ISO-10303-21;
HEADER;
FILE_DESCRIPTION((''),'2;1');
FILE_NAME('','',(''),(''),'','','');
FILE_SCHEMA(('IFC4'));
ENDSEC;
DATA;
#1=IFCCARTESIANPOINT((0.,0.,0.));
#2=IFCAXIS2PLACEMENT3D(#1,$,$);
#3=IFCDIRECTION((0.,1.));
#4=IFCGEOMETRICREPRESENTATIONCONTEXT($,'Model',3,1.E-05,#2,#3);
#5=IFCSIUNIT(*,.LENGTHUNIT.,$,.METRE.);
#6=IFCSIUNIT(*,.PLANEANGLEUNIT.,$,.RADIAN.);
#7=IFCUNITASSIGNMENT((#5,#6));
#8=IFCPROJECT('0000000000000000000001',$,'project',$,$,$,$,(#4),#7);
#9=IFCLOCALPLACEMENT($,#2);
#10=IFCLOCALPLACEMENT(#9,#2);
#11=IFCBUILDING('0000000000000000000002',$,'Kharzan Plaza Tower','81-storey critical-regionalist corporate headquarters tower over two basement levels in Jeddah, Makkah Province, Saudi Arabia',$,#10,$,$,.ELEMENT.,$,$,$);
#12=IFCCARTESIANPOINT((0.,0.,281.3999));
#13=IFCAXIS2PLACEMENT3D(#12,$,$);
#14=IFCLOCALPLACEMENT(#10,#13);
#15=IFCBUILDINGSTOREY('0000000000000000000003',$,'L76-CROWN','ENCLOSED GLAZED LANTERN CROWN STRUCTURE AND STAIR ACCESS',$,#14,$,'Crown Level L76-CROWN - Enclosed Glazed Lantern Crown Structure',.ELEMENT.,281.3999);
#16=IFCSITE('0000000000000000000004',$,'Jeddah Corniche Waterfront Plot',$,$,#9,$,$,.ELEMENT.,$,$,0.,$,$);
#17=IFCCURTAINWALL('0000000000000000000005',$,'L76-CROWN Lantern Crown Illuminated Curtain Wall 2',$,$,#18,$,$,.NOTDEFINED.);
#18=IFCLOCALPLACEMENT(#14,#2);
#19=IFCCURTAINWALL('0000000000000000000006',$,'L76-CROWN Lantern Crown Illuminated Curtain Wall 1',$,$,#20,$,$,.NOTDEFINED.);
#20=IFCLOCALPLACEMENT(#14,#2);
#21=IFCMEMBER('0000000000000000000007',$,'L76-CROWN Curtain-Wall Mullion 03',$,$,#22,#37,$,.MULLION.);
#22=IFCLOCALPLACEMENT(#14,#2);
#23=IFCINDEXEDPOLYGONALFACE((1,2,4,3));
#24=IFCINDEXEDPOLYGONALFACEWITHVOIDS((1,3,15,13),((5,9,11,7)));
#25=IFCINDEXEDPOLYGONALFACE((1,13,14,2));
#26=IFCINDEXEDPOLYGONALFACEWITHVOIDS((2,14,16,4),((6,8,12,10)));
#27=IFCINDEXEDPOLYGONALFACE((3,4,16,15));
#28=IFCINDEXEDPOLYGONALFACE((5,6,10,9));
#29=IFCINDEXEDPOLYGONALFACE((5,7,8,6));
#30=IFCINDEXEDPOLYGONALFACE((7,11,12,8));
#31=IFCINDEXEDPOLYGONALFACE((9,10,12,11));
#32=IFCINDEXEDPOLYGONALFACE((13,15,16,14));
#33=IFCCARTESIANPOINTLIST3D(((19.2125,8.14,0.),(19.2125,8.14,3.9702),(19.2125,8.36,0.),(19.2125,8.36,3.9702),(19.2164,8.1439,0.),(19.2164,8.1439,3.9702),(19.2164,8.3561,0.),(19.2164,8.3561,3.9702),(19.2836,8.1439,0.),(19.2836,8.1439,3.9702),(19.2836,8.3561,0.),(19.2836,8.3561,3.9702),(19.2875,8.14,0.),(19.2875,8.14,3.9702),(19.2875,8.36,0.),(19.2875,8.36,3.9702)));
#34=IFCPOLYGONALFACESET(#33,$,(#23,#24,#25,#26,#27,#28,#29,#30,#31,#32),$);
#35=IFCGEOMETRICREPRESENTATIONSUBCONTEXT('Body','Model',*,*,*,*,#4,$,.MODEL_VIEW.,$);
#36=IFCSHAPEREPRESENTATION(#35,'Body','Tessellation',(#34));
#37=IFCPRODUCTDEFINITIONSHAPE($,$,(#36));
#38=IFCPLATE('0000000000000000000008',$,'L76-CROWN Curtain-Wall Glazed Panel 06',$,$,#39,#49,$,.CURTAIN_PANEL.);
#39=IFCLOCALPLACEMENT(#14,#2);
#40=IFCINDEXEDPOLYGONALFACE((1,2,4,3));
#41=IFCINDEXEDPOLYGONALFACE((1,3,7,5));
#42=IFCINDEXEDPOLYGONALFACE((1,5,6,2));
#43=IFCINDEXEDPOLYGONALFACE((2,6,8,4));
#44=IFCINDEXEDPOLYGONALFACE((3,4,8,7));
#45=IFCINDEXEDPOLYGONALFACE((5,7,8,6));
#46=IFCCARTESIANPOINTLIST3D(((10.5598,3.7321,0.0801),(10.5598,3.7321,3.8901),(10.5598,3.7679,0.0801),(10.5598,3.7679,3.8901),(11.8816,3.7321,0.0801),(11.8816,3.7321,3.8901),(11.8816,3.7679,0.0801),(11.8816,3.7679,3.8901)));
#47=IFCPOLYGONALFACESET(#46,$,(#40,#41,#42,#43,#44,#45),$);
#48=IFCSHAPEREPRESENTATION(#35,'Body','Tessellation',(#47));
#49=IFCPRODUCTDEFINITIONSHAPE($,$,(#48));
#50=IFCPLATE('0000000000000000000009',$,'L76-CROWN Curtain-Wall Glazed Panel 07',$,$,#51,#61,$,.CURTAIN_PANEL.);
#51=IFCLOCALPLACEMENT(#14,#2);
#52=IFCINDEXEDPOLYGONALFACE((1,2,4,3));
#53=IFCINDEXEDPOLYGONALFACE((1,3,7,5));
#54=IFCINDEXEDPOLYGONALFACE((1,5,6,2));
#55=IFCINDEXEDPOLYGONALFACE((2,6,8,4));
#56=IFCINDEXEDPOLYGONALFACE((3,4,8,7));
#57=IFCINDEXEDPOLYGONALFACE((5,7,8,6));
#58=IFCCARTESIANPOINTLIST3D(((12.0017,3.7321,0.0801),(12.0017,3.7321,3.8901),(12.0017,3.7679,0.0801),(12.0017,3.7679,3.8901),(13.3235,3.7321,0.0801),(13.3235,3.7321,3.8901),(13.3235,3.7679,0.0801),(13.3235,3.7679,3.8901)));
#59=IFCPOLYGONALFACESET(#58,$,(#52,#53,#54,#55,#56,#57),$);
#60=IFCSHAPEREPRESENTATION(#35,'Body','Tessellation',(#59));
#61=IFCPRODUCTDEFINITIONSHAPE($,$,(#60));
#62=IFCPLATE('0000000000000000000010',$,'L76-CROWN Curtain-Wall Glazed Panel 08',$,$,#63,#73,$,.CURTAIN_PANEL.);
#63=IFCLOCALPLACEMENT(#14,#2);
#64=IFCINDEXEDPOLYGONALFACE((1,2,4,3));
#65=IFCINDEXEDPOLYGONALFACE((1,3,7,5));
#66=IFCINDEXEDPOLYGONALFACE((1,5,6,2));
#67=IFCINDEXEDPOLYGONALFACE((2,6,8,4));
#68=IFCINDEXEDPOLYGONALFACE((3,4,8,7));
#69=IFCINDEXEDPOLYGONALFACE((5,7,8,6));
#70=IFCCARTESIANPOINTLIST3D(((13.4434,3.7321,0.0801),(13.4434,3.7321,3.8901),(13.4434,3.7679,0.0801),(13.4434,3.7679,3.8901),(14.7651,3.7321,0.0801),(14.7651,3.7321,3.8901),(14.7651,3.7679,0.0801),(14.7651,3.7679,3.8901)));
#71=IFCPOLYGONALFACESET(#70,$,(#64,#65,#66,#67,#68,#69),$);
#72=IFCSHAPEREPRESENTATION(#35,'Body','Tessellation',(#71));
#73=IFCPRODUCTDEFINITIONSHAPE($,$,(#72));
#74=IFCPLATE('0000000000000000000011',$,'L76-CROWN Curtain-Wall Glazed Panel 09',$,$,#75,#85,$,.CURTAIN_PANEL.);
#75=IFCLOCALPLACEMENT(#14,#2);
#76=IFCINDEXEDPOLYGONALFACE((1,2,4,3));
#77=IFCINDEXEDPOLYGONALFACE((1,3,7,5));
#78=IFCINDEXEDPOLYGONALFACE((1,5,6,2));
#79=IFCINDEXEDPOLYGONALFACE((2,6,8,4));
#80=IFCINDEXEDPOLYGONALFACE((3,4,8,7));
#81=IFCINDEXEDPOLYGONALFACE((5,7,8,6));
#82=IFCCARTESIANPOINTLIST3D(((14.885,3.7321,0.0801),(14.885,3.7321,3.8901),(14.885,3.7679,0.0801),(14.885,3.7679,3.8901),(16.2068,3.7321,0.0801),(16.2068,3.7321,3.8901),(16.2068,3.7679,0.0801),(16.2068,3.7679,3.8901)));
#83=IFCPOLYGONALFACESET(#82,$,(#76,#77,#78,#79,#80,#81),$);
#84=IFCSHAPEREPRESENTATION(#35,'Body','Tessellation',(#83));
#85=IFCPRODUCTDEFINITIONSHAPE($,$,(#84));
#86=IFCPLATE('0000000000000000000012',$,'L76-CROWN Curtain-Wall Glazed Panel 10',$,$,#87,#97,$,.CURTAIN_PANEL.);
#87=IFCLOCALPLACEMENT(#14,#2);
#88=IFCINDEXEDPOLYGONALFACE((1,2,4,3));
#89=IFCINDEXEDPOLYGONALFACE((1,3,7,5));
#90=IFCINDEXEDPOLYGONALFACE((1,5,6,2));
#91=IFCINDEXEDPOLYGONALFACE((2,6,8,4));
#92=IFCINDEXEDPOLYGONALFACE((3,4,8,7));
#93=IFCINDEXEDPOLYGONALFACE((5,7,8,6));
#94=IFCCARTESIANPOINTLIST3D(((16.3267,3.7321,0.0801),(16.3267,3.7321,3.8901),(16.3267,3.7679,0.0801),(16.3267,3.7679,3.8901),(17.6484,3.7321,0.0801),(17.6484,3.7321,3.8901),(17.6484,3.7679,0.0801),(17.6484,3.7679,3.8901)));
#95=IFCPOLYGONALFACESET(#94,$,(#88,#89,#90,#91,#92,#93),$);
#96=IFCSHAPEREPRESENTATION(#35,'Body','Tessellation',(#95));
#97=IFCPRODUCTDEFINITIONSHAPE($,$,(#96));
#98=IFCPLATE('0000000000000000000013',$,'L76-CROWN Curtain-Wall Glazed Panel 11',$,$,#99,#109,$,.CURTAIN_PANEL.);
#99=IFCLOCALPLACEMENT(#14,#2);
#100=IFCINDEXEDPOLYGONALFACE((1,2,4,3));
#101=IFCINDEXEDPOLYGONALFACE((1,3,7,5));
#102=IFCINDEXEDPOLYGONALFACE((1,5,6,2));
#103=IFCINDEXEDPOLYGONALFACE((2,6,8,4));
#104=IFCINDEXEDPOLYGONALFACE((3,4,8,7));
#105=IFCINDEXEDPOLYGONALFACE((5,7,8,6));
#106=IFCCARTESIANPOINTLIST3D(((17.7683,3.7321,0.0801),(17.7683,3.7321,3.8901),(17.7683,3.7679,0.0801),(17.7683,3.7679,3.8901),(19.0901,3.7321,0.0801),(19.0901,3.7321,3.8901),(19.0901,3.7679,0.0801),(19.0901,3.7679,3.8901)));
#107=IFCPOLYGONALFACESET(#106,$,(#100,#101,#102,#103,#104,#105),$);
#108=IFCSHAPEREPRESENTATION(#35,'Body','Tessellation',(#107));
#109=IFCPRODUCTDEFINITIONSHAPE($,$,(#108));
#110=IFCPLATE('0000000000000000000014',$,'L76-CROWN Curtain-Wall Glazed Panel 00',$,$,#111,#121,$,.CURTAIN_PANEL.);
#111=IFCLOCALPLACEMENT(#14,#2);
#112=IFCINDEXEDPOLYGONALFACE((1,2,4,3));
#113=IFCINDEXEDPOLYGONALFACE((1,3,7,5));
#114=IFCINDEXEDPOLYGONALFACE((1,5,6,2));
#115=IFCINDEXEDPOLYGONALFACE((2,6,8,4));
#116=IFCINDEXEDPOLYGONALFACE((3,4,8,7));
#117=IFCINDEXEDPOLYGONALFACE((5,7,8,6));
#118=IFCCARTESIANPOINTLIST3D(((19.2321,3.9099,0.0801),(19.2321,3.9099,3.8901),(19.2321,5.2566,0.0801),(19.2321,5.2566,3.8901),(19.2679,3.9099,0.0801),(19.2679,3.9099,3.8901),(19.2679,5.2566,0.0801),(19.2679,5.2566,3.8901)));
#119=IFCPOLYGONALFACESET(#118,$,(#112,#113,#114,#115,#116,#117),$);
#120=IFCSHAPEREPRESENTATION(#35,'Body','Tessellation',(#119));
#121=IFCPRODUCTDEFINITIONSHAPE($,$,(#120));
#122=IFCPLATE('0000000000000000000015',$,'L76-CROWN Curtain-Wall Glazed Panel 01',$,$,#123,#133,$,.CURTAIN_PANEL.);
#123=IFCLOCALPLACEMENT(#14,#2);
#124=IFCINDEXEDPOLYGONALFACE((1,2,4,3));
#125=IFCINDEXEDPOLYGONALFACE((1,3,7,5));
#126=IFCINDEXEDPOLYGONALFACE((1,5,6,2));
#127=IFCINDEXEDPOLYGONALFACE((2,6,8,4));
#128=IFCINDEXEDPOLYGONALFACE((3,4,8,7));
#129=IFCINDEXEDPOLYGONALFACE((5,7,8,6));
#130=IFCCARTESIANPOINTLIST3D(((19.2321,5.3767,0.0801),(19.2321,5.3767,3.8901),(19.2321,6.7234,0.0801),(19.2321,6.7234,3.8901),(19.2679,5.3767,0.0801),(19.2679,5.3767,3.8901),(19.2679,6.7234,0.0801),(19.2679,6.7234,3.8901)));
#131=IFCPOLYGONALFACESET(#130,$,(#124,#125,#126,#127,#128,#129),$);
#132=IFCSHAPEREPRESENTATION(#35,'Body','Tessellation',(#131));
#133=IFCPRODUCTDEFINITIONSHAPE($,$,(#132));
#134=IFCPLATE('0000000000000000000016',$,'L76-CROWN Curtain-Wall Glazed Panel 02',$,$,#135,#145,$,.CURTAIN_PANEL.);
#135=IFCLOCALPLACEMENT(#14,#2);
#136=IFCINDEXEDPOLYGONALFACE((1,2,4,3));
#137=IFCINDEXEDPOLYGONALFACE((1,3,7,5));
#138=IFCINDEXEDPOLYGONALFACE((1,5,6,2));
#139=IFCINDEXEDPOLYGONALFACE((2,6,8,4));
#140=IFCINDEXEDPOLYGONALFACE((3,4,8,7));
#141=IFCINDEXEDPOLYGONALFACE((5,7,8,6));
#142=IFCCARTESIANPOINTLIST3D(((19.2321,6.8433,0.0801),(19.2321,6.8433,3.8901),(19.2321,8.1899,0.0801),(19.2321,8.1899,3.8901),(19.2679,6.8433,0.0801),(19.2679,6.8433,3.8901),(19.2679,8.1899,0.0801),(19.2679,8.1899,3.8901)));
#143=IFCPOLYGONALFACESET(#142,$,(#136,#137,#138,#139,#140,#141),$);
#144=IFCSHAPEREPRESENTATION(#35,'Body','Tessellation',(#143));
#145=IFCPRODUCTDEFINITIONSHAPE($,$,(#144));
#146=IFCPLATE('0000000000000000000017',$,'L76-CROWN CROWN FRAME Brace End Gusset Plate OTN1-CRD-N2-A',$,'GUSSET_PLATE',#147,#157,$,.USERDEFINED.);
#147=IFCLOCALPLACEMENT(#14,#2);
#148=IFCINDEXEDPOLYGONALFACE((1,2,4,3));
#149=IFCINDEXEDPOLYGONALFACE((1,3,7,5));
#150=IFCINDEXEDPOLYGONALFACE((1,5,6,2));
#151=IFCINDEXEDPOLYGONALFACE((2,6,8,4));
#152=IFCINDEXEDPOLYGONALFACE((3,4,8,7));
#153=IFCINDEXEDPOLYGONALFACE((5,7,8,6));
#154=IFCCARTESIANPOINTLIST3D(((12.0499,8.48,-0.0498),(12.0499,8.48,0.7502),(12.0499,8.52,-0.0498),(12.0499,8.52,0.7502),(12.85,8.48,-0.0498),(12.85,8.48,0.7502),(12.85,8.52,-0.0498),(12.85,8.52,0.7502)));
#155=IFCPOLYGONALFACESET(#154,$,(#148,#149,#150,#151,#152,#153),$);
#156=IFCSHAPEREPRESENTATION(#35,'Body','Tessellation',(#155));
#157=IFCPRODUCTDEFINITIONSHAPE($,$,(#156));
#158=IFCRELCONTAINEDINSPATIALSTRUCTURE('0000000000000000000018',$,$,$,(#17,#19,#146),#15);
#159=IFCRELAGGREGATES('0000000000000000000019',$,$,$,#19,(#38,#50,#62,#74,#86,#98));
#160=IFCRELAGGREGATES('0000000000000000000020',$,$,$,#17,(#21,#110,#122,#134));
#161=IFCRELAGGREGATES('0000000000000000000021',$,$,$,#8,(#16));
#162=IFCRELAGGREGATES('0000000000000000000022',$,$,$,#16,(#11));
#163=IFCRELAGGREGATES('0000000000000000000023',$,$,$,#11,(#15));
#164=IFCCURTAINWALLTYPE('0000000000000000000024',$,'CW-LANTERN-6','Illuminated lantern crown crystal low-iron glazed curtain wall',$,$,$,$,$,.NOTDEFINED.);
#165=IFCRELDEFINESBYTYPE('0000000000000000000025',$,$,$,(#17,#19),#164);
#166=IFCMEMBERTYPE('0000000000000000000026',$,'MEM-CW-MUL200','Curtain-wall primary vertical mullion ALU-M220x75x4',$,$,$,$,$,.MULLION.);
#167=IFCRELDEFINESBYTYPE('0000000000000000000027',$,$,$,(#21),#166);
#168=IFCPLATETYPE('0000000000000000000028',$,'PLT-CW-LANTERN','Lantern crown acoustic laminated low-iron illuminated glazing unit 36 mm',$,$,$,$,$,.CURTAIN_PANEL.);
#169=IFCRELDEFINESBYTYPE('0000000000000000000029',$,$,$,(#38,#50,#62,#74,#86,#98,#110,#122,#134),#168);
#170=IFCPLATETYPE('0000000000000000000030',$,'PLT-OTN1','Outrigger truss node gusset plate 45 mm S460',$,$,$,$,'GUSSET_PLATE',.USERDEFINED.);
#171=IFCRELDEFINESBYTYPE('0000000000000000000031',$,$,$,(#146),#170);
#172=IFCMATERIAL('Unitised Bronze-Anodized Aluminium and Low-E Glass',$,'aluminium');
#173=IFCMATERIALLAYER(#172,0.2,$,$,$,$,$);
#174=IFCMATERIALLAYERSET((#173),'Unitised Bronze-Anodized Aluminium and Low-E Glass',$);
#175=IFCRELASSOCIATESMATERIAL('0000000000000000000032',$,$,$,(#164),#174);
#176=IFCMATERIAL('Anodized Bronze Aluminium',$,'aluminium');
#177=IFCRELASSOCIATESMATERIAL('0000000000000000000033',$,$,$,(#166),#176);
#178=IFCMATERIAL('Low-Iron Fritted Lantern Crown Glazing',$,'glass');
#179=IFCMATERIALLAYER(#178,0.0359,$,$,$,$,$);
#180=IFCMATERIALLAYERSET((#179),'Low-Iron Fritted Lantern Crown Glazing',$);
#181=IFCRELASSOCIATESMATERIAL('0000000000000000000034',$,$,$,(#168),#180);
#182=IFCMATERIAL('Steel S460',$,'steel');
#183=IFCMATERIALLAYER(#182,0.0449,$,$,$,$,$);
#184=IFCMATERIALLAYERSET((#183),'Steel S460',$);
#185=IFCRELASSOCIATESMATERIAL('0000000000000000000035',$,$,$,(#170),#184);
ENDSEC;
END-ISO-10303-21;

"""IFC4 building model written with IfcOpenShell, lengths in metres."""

from ifc_helpers import new_model, si_unit, direction, frame, origin, origin_2d, place, context, subcontext, project, spatial, rectangle, hollow_rectangle, extrude, source, transform, mapped, material, layer, layer_set, material_profile, profile_set, type_object, element, aggregate, save


model = new_model("IFC4")

# Units and contexts
model_context = context("Model", 3, precision=1e-05, world=origin(), true_north=direction((0.0, 1.0)))
body_context = subcontext(model_context, "Body", "Model", "MODEL_VIEW")
ifc_project = project(units=[si_unit("LENGTHUNIT", "METRE"), si_unit("PLANEANGLEUNIT", "RADIAN")], contexts=[model_context])

# Site, building, storey
site_placement = place(None, origin())
site = spatial("IfcSite", under=ifc_project, at=site_placement, Name="Jeddah Corniche Waterfront Plot", CompositionType="ELEMENT", RefElevation=0.0)
building_placement = place(site_placement, origin())
building = spatial("IfcBuilding", under=site, at=building_placement, Name="Kharzan Plaza Tower", Description="81-storey critical-regionalist corporate headquarters tower over two basement levels in Jeddah, Makkah Province, Saudi Arabia", CompositionType="ELEMENT")
storey_placement = place(building_placement, frame((0.0, 0.0, 281.3999)))
storey = spatial("IfcBuildingStorey", under=building, at=storey_placement, Name="L76-CROWN", Description="ENCLOSED GLAZED LANTERN CROWN STRUCTURE AND STAIR ACCESS", LongName="Crown Level L76-CROWN - Enclosed Glazed Lantern Crown Structure", CompositionType="ELEMENT", Elevation=281.3999)

# Curtain walls
ifc_material_1 = material(Name="Unitised Bronze-Anodized Aluminium and Low-E Glass", Category="aluminium")
ifc_layer_1 = layer(ifc_material_1, 0.2)
ifc_layer_set_1 = layer_set([ifc_layer_1], Name="Unitised Bronze-Anodized Aluminium and Low-E Glass")
curtain_wall_type = type_object("IfcCurtainWallType", Name="CW-LANTERN-6", Description="Illuminated lantern crown crystal low-iron glazed curtain wall", PredefinedType="NOTDEFINED", material=ifc_layer_set_1)
curtain_wall_1_placement = place(storey_placement, origin())
curtain_wall_1 = element("IfcCurtainWall", 1, at=curtain_wall_1_placement, inside=storey, type_object=curtain_wall_type, Name="L76-CROWN Lantern Crown Illuminated Curtain Wall 2", PredefinedType="NOTDEFINED")
ifc_material_2 = material(Name="Anodized Bronze Aluminium", Category="aluminium")
curtain_wall_2_placement = place(storey_placement, origin())
curtain_wall_2 = element("IfcCurtainWall", 2, at=curtain_wall_2_placement, inside=storey, type_object=curtain_wall_type, Name="L76-CROWN Lantern Crown Illuminated Curtain Wall 1", PredefinedType="NOTDEFINED")
ifc_material_profile_1 = material_profile(ifc_material_2, hollow_rectangle(XDim=0.075, YDim=0.22, WallThickness=0.0039, at=origin_2d()), Name="ALU-M220x75x4")
ifc_profile_set_1 = profile_set([ifc_material_profile_1], Name="Anodized Bronze Aluminium")
member_type_1 = type_object("IfcMemberType", Name="MEM-CW-MUL200", Description="Curtain-wall primary vertical mullion ALU-M220x75x4", PredefinedType="MULLION", material=ifc_profile_set_1)
shared_shape_1 = source(origin(), body_context, "Body", "SweptSolid", [
    extrude(hollow_rectangle(XDim=0.075, YDim=0.22, WallThickness=0.0039, at=origin_2d()), origin(), (0.0, 0.0, 1.0), 3.9702),
])

# Member
member_1_placement = place(storey_placement, frame((19.25, 8.25, 0.0), z_axis=(0.0, 0.0, 1.0), x_axis=(1.0, 0.0, 0.0)))
member_1 = element("IfcMember", 3, at=member_1_placement, type_object=member_type_1, Name="L76-CROWN Curtain-Wall Mullion 03", PredefinedType="MULLION", context=body_context, shape_type="MappedRepresentation", body=[
    mapped(shared_shape_1, transform((0.0, 0.0, 0.0), x_axis=(1.0, 0.0, 0.0), y_axis=(0.0, 1.0, 0.0), z_axis=(0.0, 0.0, 1.0))),
])

# Plates
ifc_material_3 = material(Name="Low-Iron Fritted Lantern Crown Glazing", Category="glass")
ifc_layer_2 = layer(ifc_material_3, 0.0359)
ifc_layer_set_2 = layer_set([ifc_layer_2], Name="Low-Iron Fritted Lantern Crown Glazing")
plate_type_1 = type_object("IfcPlateType", Name="PLT-CW-LANTERN", Description="Lantern crown acoustic laminated low-iron illuminated glazing unit 36 mm", PredefinedType="CURTAIN_PANEL", material=ifc_layer_set_2)
shared_shape_2 = source(origin(), body_context, "Body", "SweptSolid", [
    extrude(rectangle(XDim=1.3218, YDim=0.0359, at=origin_2d()), origin(), (0.0, 0.0, 1.0), 3.8101),
])
plate_1_placement = place(storey_placement, frame((11.2207, 3.75, 0.0801), z_axis=(0.0, 0.0, 1.0), x_axis=(1.0, 0.0, 0.0)))
plate_1 = element("IfcPlate", 4, at=plate_1_placement, type_object=plate_type_1, Name="L76-CROWN Curtain-Wall Glazed Panel 06", PredefinedType="CURTAIN_PANEL", context=body_context, shape_type="MappedRepresentation", body=[
    mapped(shared_shape_2, transform((0.0, 0.0, 0.0), x_axis=(1.0, 0.0, 0.0), y_axis=(0.0, 1.0, 0.0), z_axis=(0.0, 0.0, 1.0))),
])
plate_2_placement = place(storey_placement, frame((12.6626, 3.75, 0.0801), z_axis=(0.0, 0.0, 1.0), x_axis=(1.0, 0.0, 0.0)))
plate_2 = element("IfcPlate", 5, at=plate_2_placement, type_object=plate_type_1, Name="L76-CROWN Curtain-Wall Glazed Panel 07", PredefinedType="CURTAIN_PANEL", context=body_context, shape_type="MappedRepresentation", body=[
    mapped(shared_shape_2, transform((0.0, 0.0, 0.0), x_axis=(1.0, 0.0, 0.0), y_axis=(0.0, 1.0, 0.0), z_axis=(0.0, 0.0, 1.0))),
])
plate_3_placement = place(storey_placement, frame((14.1042, 3.75, 0.0801), z_axis=(0.0, 0.0, 1.0), x_axis=(1.0, 0.0, 0.0)))
plate_3 = element("IfcPlate", 6, at=plate_3_placement, type_object=plate_type_1, Name="L76-CROWN Curtain-Wall Glazed Panel 08", PredefinedType="CURTAIN_PANEL", context=body_context, shape_type="MappedRepresentation", body=[
    mapped(shared_shape_2, transform((0.0, 0.0, 0.0), x_axis=(1.0, 0.0, 0.0), y_axis=(0.0, 1.0, 0.0), z_axis=(0.0, 0.0, 1.0))),
])
plate_4_placement = place(storey_placement, frame((15.5459, 3.75, 0.0801), z_axis=(0.0, 0.0, 1.0), x_axis=(1.0, 0.0, 0.0)))
plate_4 = element("IfcPlate", 7, at=plate_4_placement, type_object=plate_type_1, Name="L76-CROWN Curtain-Wall Glazed Panel 09", PredefinedType="CURTAIN_PANEL", context=body_context, shape_type="MappedRepresentation", body=[
    mapped(shared_shape_2, transform((0.0, 0.0, 0.0), x_axis=(1.0, 0.0, 0.0), y_axis=(0.0, 1.0, 0.0), z_axis=(0.0, 0.0, 1.0))),
])
plate_5_placement = place(storey_placement, frame((16.9875, 3.75, 0.0801), z_axis=(0.0, 0.0, 1.0), x_axis=(1.0, 0.0, 0.0)))
plate_5 = element("IfcPlate", 8, at=plate_5_placement, type_object=plate_type_1, Name="L76-CROWN Curtain-Wall Glazed Panel 10", PredefinedType="CURTAIN_PANEL", context=body_context, shape_type="MappedRepresentation", body=[
    mapped(shared_shape_2, transform((0.0, 0.0, 0.0), x_axis=(1.0, 0.0, 0.0), y_axis=(0.0, 1.0, 0.0), z_axis=(0.0, 0.0, 1.0))),
])
plate_6_placement = place(storey_placement, frame((18.4292, 3.75, 0.0801), z_axis=(0.0, 0.0, 1.0), x_axis=(1.0, 0.0, 0.0)))
plate_6 = element("IfcPlate", 9, at=plate_6_placement, type_object=plate_type_1, Name="L76-CROWN Curtain-Wall Glazed Panel 11", PredefinedType="CURTAIN_PANEL", context=body_context, shape_type="MappedRepresentation", body=[
    mapped(shared_shape_2, transform((0.0, 0.0, 0.0), x_axis=(1.0, 0.0, 0.0), y_axis=(0.0, 1.0, 0.0), z_axis=(0.0, 0.0, 1.0))),
])
aggregate(curtain_wall_2, [plate_1, plate_2, plate_3, plate_4, plate_5, plate_6])
shared_shape_3 = source(origin(), body_context, "Body", "SweptSolid", [
    extrude(rectangle(XDim=1.3467, YDim=0.0359, at=origin_2d()), origin(), (0.0, 0.0, 1.0), 3.8101),
])
plate_7_placement = place(storey_placement, frame((19.25, 4.5833, 0.0801), z_axis=(0.0, 0.0, 1.0), x_axis=(0.0, 1.0, 0.0)))
plate_7 = element("IfcPlate", 10, at=plate_7_placement, type_object=plate_type_1, Name="L76-CROWN Curtain-Wall Glazed Panel 00", PredefinedType="CURTAIN_PANEL", context=body_context, shape_type="MappedRepresentation", body=[
    mapped(shared_shape_3, transform((0.0, 0.0, 0.0), x_axis=(1.0, 0.0, 0.0), y_axis=(0.0, 1.0, 0.0), z_axis=(0.0, 0.0, 1.0))),
])
plate_8_placement = place(storey_placement, frame((19.25, 6.05, 0.0801), z_axis=(0.0, 0.0, 1.0), x_axis=(0.0, 1.0, 0.0)))
plate_8 = element("IfcPlate", 11, at=plate_8_placement, type_object=plate_type_1, Name="L76-CROWN Curtain-Wall Glazed Panel 01", PredefinedType="CURTAIN_PANEL", context=body_context, shape_type="MappedRepresentation", body=[
    mapped(shared_shape_3, transform((0.0, 0.0, 0.0), x_axis=(1.0, 0.0, 0.0), y_axis=(0.0, 1.0, 0.0), z_axis=(0.0, 0.0, 1.0))),
])
plate_9_placement = place(storey_placement, frame((19.25, 7.5166, 0.0801), z_axis=(0.0, 0.0, 1.0), x_axis=(0.0, 1.0, 0.0)))
plate_9 = element("IfcPlate", 12, at=plate_9_placement, type_object=plate_type_1, Name="L76-CROWN Curtain-Wall Glazed Panel 02", PredefinedType="CURTAIN_PANEL", context=body_context, shape_type="MappedRepresentation", body=[
    mapped(shared_shape_3, transform((0.0, 0.0, 0.0), x_axis=(1.0, 0.0, 0.0), y_axis=(0.0, 1.0, 0.0), z_axis=(0.0, 0.0, 1.0))),
])
aggregate(curtain_wall_1, [member_1, plate_7, plate_8, plate_9])
ifc_material_4 = material(Name="Steel S460", Category="steel")
ifc_layer_3 = layer(ifc_material_4, 0.0449)
ifc_layer_set_3 = layer_set([ifc_layer_3], Name="Steel S460")
plate_type_2 = type_object("IfcPlateType", Name="PLT-OTN1", Description="Outrigger truss node gusset plate 45 mm S460", ElementType="GUSSET_PLATE", PredefinedType="USERDEFINED", material=ifc_layer_set_3)
shared_shape_4 = source(origin(), body_context, "Body", "SweptSolid", [
    extrude(rectangle(XDim=0.8, YDim=0.04, at=origin_2d()), origin(), (0.0, 0.0, 1.0), 0.8),
])
plate_10_placement = place(storey_placement, frame((12.45, 8.5, -0.0498), z_axis=(0.0, 0.0, 1.0), x_axis=(1.0, 0.0, 0.0)))
element("IfcPlate", 13, at=plate_10_placement, inside=storey, type_object=plate_type_2, Name="L76-CROWN CROWN FRAME Brace End Gusset Plate OTN1-CRD-N2-A", ObjectType="GUSSET_PLATE", PredefinedType="USERDEFINED", context=body_context, shape_type="MappedRepresentation", body=[
    mapped(shared_shape_4, transform((0.0, 0.0, 0.0), x_axis=(1.0, 0.0, 0.0), y_axis=(0.0, 1.0, 0.0), z_axis=(0.0, 0.0, 1.0))),
])

save(model, "model.ifc")
